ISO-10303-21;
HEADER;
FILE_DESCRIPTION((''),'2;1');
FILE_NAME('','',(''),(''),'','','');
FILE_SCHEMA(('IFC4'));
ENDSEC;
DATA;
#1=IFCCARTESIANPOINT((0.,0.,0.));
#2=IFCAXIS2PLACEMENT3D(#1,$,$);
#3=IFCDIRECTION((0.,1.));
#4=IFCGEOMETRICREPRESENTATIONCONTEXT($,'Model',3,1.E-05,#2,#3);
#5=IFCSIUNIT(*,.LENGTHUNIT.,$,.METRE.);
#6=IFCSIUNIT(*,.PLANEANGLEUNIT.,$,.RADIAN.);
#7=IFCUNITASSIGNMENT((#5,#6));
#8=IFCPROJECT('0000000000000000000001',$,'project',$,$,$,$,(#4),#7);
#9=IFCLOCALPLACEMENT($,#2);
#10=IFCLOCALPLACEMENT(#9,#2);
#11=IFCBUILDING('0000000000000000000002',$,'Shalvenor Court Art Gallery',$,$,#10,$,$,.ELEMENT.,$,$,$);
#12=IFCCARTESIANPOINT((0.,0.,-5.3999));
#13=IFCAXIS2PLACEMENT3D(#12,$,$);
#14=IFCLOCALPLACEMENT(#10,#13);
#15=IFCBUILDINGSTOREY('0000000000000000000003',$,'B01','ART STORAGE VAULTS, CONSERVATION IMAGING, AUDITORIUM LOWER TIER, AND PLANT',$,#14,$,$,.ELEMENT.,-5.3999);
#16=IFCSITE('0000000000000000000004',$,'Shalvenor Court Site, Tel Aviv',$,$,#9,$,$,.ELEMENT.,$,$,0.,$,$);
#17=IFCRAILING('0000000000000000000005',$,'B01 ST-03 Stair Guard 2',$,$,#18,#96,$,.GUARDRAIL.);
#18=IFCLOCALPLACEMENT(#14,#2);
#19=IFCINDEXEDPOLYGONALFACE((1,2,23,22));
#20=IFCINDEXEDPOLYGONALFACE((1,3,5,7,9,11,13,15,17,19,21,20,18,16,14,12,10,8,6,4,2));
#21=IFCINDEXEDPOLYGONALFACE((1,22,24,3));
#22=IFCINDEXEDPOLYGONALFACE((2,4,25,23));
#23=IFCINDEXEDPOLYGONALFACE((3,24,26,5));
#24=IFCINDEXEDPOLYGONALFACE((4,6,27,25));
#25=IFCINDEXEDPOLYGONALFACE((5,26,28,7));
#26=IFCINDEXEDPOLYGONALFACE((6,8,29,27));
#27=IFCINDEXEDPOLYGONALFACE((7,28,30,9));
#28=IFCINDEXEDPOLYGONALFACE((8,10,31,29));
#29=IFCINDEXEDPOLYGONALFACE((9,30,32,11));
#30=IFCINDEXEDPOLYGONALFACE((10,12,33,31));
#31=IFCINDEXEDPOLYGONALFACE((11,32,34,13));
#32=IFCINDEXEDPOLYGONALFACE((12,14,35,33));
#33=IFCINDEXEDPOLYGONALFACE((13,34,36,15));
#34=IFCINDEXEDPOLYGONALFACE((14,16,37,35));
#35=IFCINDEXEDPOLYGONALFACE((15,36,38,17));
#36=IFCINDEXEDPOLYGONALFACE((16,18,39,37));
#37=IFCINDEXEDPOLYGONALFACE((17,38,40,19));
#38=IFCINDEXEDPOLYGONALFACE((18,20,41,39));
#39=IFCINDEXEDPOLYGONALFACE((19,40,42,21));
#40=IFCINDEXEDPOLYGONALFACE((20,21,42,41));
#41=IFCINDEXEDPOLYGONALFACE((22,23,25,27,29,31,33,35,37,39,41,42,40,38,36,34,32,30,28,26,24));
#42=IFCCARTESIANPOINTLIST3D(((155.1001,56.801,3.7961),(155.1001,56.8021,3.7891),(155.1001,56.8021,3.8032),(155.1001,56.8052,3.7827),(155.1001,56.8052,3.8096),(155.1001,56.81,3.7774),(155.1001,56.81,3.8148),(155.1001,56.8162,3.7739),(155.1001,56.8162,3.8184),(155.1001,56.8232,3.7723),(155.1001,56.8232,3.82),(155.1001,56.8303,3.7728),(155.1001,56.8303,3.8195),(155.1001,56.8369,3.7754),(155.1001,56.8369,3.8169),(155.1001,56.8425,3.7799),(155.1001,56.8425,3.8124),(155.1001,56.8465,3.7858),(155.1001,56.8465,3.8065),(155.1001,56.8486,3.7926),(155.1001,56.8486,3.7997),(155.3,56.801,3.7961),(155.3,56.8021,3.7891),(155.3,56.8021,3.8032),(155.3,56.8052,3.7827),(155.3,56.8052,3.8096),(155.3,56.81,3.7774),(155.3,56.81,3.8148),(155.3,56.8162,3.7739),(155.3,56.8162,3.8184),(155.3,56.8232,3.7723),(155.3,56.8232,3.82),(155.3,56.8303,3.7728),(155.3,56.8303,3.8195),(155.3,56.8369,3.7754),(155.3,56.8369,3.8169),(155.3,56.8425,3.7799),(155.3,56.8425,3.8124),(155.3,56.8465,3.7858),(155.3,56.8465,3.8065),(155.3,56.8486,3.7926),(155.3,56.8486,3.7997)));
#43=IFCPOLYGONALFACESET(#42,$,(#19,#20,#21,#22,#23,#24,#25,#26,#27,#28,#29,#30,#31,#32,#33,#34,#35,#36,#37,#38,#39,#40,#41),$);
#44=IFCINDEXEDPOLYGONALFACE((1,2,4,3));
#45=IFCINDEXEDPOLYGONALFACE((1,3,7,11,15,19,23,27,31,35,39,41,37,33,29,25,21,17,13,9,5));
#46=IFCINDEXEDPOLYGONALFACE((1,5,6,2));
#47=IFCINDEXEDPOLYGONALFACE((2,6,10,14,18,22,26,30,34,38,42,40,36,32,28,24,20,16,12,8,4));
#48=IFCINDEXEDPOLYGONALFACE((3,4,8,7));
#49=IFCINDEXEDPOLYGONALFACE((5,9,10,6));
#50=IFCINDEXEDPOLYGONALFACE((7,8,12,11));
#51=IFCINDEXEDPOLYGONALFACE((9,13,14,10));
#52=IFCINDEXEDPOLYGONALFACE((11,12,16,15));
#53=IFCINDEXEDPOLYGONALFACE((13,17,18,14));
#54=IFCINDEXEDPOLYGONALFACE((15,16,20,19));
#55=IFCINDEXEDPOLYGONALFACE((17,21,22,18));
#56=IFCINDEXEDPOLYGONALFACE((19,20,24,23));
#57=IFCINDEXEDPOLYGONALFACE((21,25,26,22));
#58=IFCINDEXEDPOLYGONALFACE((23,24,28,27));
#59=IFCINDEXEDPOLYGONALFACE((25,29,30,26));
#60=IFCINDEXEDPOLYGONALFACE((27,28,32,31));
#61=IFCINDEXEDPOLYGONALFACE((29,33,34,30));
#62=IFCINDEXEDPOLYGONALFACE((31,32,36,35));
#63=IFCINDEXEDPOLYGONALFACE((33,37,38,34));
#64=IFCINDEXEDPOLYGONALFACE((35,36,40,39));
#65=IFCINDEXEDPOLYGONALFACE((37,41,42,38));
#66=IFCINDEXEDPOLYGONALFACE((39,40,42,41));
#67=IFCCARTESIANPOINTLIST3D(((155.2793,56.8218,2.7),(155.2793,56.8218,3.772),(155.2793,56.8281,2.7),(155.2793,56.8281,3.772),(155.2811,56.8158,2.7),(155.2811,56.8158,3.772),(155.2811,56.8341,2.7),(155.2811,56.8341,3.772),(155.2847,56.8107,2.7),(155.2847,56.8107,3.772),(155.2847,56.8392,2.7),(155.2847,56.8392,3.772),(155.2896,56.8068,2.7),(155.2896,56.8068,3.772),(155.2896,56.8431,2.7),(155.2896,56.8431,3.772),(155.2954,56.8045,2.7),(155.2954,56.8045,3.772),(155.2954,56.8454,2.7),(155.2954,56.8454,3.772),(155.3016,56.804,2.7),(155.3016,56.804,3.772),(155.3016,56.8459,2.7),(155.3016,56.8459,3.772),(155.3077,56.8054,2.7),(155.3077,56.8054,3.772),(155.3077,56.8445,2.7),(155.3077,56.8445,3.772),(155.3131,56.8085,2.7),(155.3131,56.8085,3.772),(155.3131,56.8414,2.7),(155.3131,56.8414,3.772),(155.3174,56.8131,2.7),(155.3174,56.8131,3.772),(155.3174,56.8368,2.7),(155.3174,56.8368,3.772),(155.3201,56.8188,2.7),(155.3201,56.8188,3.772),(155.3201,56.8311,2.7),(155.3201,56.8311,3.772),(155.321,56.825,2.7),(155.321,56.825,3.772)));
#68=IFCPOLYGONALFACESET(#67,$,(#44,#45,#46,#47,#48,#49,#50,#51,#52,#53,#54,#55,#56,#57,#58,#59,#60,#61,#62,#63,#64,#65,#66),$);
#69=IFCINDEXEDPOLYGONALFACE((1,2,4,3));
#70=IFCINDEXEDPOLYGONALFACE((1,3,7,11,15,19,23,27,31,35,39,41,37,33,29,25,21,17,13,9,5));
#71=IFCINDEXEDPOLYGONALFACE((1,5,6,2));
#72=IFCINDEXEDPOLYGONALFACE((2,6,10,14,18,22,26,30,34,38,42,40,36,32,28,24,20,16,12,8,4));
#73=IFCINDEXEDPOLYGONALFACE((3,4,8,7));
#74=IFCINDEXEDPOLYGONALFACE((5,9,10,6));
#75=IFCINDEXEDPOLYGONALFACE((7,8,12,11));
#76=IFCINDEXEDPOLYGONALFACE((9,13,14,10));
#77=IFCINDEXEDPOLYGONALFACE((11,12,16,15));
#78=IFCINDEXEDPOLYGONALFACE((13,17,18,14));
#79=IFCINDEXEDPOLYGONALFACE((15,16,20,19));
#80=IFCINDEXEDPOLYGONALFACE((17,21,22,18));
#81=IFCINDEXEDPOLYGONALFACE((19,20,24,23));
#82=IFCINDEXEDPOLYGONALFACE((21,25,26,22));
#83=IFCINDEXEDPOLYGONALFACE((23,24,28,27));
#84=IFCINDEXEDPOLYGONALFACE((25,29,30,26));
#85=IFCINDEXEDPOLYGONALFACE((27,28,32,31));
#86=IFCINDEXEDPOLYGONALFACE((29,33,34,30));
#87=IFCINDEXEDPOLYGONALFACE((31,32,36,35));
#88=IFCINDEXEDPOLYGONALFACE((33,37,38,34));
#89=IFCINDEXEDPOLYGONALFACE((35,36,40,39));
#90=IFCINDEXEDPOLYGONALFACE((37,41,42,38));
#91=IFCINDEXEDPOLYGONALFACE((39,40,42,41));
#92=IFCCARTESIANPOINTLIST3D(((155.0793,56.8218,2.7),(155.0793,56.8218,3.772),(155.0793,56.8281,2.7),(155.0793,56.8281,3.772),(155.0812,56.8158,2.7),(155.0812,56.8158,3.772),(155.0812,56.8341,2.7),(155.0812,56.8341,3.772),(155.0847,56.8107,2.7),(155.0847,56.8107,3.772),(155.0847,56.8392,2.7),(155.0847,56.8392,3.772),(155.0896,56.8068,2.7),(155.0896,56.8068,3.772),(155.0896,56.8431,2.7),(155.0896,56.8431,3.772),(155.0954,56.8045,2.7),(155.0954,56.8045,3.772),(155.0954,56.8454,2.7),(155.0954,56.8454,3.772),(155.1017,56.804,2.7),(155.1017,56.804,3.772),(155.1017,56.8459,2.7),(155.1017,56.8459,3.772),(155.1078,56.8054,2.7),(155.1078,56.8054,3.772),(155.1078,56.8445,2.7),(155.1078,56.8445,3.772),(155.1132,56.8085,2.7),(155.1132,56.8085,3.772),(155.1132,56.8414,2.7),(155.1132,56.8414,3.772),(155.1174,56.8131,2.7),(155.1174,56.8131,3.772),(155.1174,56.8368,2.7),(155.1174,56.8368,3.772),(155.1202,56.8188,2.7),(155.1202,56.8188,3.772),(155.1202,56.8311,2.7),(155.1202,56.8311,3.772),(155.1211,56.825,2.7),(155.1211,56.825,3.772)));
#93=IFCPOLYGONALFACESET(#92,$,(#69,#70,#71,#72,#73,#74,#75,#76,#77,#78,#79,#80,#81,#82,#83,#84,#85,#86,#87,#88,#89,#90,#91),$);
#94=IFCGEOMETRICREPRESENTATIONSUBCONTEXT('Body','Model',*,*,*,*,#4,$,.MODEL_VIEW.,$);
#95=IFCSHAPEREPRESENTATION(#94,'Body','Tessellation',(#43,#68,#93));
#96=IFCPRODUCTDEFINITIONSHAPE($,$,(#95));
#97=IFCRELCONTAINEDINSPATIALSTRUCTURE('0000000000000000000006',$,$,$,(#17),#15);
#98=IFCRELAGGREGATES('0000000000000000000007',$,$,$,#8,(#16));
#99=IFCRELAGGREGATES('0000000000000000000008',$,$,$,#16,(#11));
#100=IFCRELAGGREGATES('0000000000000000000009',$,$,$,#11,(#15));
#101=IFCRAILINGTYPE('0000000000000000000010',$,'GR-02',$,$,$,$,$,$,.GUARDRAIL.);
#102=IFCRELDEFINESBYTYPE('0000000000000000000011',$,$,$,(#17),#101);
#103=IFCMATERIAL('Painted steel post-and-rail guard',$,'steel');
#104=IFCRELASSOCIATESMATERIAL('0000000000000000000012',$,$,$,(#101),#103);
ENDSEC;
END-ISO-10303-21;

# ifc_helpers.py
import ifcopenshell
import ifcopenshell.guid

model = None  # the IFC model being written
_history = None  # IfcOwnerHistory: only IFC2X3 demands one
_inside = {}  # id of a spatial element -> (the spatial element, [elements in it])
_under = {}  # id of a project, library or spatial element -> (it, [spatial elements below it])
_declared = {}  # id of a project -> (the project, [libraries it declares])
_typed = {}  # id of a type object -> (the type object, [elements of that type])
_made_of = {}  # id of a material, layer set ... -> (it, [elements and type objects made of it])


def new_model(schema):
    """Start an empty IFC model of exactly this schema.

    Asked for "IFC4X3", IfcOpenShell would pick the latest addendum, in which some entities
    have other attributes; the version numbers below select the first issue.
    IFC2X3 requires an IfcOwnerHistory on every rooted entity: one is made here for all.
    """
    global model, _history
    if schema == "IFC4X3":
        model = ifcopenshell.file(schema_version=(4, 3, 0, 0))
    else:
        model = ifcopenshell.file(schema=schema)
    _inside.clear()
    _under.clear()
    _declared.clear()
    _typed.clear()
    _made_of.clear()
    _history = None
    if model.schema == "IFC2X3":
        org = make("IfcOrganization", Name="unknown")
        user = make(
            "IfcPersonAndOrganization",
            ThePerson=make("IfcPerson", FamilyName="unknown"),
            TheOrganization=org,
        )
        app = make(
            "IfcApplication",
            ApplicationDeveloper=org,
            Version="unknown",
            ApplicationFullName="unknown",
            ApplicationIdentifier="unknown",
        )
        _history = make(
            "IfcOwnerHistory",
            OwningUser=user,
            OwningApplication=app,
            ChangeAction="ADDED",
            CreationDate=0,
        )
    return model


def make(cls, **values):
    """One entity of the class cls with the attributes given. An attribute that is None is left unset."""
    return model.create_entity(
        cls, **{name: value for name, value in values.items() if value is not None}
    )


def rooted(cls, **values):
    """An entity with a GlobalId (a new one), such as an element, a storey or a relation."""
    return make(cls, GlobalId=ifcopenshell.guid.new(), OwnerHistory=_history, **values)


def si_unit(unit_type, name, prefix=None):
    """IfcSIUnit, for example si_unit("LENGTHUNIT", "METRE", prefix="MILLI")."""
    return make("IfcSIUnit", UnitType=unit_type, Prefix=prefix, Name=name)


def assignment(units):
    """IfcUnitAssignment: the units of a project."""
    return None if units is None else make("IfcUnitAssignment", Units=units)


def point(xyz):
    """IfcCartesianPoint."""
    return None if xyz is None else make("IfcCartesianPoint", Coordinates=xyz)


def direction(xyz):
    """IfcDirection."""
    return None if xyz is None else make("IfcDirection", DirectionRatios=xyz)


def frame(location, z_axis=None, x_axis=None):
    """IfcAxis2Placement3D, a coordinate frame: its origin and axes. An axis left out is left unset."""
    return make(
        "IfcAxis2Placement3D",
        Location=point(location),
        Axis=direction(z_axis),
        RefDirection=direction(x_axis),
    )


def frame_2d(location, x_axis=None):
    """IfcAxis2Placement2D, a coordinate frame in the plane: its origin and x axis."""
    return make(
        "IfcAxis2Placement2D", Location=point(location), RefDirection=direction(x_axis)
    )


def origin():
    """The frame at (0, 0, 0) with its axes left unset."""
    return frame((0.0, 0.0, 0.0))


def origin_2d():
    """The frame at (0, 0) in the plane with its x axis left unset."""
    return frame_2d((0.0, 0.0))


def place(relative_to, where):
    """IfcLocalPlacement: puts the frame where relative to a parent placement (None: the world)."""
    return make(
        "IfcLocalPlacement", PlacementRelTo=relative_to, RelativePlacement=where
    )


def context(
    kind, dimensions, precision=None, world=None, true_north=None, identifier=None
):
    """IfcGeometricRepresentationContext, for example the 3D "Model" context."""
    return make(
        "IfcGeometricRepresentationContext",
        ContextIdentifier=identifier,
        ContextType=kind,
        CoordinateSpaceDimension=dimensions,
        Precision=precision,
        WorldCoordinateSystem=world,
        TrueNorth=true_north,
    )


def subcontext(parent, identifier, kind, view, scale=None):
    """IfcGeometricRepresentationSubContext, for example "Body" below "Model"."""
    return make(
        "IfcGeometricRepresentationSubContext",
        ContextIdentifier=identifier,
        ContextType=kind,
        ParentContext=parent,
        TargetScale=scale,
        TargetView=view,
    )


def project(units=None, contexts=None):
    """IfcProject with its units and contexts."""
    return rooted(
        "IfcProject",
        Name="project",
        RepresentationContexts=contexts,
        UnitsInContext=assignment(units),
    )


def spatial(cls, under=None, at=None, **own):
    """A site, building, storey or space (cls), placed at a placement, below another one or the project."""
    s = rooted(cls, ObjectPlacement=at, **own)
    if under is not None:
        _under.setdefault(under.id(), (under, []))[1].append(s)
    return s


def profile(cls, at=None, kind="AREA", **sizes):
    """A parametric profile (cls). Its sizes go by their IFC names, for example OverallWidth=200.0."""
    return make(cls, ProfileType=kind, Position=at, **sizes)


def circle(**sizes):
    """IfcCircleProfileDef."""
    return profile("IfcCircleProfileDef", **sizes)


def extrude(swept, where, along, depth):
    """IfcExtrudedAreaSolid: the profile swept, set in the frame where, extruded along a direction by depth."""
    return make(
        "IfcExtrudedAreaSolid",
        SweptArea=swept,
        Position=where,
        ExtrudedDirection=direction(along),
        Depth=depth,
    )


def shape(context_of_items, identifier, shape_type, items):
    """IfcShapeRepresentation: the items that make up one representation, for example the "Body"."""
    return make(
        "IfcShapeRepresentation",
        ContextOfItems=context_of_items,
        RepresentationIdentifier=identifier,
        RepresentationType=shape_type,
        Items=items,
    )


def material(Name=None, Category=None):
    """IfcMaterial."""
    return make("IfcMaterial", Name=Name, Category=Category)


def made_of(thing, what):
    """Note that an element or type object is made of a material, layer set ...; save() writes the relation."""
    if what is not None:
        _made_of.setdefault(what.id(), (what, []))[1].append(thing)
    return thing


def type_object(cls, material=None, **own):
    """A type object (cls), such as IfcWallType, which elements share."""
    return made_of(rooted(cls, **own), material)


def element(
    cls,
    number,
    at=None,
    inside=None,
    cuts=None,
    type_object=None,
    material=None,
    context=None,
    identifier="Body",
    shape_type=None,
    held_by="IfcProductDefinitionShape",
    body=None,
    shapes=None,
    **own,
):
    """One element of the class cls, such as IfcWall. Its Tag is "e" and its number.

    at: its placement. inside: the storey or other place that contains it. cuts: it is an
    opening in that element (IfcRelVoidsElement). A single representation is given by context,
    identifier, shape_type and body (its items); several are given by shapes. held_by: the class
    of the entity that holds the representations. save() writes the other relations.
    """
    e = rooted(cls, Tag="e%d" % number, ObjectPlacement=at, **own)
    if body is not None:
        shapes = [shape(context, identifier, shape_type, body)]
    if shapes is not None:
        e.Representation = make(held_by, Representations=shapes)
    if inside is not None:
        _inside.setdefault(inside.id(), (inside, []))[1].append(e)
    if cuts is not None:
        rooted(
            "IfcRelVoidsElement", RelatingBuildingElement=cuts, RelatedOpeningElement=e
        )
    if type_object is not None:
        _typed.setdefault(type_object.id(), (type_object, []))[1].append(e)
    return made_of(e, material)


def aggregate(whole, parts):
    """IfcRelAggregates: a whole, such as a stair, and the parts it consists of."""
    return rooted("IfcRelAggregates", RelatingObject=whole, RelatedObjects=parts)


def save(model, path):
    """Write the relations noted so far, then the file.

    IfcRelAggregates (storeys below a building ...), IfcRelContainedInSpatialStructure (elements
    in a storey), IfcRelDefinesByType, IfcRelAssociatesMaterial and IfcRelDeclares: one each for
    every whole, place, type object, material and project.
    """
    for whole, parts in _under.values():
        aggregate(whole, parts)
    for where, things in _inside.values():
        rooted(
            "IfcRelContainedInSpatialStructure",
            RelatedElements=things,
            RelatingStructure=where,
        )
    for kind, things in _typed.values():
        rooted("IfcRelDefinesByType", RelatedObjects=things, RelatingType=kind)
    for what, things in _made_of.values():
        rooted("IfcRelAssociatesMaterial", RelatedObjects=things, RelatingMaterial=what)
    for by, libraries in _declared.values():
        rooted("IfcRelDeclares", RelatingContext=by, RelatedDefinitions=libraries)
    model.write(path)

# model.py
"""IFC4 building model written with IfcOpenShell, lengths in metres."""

from ifc_helpers import new_model, si_unit, direction, frame, origin, origin_2d, place, context, subcontext, project, spatial, circle, extrude, material, type_object, element, save


model = new_model("IFC4")

# Units and contexts
model_context = context("Model", 3, precision=1e-05, world=origin(), true_north=direction((0.0, 1.0)))
body_context = subcontext(model_context, "Body", "Model", "MODEL_VIEW")
ifc_project = project(units=[si_unit("LENGTHUNIT", "METRE"), si_unit("PLANEANGLEUNIT", "RADIAN")], contexts=[model_context])

# Site, building, storey
site_placement = place(None, origin())
site = spatial("IfcSite", under=ifc_project, at=site_placement, Name="Shalvenor Court Site, Tel Aviv", CompositionType="ELEMENT", RefElevation=0.0)
building_placement = place(site_placement, origin())
building = spatial("IfcBuilding", under=site, at=building_placement, Name="Shalvenor Court Art Gallery", CompositionType="ELEMENT")
storey_placement = place(building_placement, frame((0.0, 0.0, -5.3999)))
storey = spatial("IfcBuildingStorey", under=building, at=storey_placement, Name="B01", Description="ART STORAGE VAULTS, CONSERVATION IMAGING, AUDITORIUM LOWER TIER, AND PLANT", CompositionType="ELEMENT", Elevation=-5.3999)

# Railing
ifc_material_1 = material(Name="Painted steel post-and-rail guard", Category="steel")
railing_type_1 = type_object("IfcRailingType", Name="GR-02", PredefinedType="GUARDRAIL", material=ifc_material_1)
railing_1_placement = place(storey_placement, frame((155.3, 56.825, 2.7)))
element("IfcRailing", 1, at=railing_1_placement, inside=storey, type_object=railing_type_1, Name="B01 ST-03 Stair Guard 2", PredefinedType="GUARDRAIL", context=body_context, shape_type="SweptSolid", body=[
    extrude(circle(Radius=0.0239, at=origin_2d()), frame((0.0, 0.0, 1.0962), z_axis=(-1.0, 0.0, 0.0), x_axis=(0.0, -1.0, 0.0)), (0.0, 0.0, 1.0), 0.2),
    extrude(circle(Radius=0.021, at=origin_2d()), origin(), (0.0, 0.0, 1.0), 1.072),
    extrude(circle(Radius=0.021, at=origin_2d()), frame((-0.2, 0.0, 0.0)), (0.0, 0.0, 1.0), 1.072),
])

save(model, "model.ifc")
